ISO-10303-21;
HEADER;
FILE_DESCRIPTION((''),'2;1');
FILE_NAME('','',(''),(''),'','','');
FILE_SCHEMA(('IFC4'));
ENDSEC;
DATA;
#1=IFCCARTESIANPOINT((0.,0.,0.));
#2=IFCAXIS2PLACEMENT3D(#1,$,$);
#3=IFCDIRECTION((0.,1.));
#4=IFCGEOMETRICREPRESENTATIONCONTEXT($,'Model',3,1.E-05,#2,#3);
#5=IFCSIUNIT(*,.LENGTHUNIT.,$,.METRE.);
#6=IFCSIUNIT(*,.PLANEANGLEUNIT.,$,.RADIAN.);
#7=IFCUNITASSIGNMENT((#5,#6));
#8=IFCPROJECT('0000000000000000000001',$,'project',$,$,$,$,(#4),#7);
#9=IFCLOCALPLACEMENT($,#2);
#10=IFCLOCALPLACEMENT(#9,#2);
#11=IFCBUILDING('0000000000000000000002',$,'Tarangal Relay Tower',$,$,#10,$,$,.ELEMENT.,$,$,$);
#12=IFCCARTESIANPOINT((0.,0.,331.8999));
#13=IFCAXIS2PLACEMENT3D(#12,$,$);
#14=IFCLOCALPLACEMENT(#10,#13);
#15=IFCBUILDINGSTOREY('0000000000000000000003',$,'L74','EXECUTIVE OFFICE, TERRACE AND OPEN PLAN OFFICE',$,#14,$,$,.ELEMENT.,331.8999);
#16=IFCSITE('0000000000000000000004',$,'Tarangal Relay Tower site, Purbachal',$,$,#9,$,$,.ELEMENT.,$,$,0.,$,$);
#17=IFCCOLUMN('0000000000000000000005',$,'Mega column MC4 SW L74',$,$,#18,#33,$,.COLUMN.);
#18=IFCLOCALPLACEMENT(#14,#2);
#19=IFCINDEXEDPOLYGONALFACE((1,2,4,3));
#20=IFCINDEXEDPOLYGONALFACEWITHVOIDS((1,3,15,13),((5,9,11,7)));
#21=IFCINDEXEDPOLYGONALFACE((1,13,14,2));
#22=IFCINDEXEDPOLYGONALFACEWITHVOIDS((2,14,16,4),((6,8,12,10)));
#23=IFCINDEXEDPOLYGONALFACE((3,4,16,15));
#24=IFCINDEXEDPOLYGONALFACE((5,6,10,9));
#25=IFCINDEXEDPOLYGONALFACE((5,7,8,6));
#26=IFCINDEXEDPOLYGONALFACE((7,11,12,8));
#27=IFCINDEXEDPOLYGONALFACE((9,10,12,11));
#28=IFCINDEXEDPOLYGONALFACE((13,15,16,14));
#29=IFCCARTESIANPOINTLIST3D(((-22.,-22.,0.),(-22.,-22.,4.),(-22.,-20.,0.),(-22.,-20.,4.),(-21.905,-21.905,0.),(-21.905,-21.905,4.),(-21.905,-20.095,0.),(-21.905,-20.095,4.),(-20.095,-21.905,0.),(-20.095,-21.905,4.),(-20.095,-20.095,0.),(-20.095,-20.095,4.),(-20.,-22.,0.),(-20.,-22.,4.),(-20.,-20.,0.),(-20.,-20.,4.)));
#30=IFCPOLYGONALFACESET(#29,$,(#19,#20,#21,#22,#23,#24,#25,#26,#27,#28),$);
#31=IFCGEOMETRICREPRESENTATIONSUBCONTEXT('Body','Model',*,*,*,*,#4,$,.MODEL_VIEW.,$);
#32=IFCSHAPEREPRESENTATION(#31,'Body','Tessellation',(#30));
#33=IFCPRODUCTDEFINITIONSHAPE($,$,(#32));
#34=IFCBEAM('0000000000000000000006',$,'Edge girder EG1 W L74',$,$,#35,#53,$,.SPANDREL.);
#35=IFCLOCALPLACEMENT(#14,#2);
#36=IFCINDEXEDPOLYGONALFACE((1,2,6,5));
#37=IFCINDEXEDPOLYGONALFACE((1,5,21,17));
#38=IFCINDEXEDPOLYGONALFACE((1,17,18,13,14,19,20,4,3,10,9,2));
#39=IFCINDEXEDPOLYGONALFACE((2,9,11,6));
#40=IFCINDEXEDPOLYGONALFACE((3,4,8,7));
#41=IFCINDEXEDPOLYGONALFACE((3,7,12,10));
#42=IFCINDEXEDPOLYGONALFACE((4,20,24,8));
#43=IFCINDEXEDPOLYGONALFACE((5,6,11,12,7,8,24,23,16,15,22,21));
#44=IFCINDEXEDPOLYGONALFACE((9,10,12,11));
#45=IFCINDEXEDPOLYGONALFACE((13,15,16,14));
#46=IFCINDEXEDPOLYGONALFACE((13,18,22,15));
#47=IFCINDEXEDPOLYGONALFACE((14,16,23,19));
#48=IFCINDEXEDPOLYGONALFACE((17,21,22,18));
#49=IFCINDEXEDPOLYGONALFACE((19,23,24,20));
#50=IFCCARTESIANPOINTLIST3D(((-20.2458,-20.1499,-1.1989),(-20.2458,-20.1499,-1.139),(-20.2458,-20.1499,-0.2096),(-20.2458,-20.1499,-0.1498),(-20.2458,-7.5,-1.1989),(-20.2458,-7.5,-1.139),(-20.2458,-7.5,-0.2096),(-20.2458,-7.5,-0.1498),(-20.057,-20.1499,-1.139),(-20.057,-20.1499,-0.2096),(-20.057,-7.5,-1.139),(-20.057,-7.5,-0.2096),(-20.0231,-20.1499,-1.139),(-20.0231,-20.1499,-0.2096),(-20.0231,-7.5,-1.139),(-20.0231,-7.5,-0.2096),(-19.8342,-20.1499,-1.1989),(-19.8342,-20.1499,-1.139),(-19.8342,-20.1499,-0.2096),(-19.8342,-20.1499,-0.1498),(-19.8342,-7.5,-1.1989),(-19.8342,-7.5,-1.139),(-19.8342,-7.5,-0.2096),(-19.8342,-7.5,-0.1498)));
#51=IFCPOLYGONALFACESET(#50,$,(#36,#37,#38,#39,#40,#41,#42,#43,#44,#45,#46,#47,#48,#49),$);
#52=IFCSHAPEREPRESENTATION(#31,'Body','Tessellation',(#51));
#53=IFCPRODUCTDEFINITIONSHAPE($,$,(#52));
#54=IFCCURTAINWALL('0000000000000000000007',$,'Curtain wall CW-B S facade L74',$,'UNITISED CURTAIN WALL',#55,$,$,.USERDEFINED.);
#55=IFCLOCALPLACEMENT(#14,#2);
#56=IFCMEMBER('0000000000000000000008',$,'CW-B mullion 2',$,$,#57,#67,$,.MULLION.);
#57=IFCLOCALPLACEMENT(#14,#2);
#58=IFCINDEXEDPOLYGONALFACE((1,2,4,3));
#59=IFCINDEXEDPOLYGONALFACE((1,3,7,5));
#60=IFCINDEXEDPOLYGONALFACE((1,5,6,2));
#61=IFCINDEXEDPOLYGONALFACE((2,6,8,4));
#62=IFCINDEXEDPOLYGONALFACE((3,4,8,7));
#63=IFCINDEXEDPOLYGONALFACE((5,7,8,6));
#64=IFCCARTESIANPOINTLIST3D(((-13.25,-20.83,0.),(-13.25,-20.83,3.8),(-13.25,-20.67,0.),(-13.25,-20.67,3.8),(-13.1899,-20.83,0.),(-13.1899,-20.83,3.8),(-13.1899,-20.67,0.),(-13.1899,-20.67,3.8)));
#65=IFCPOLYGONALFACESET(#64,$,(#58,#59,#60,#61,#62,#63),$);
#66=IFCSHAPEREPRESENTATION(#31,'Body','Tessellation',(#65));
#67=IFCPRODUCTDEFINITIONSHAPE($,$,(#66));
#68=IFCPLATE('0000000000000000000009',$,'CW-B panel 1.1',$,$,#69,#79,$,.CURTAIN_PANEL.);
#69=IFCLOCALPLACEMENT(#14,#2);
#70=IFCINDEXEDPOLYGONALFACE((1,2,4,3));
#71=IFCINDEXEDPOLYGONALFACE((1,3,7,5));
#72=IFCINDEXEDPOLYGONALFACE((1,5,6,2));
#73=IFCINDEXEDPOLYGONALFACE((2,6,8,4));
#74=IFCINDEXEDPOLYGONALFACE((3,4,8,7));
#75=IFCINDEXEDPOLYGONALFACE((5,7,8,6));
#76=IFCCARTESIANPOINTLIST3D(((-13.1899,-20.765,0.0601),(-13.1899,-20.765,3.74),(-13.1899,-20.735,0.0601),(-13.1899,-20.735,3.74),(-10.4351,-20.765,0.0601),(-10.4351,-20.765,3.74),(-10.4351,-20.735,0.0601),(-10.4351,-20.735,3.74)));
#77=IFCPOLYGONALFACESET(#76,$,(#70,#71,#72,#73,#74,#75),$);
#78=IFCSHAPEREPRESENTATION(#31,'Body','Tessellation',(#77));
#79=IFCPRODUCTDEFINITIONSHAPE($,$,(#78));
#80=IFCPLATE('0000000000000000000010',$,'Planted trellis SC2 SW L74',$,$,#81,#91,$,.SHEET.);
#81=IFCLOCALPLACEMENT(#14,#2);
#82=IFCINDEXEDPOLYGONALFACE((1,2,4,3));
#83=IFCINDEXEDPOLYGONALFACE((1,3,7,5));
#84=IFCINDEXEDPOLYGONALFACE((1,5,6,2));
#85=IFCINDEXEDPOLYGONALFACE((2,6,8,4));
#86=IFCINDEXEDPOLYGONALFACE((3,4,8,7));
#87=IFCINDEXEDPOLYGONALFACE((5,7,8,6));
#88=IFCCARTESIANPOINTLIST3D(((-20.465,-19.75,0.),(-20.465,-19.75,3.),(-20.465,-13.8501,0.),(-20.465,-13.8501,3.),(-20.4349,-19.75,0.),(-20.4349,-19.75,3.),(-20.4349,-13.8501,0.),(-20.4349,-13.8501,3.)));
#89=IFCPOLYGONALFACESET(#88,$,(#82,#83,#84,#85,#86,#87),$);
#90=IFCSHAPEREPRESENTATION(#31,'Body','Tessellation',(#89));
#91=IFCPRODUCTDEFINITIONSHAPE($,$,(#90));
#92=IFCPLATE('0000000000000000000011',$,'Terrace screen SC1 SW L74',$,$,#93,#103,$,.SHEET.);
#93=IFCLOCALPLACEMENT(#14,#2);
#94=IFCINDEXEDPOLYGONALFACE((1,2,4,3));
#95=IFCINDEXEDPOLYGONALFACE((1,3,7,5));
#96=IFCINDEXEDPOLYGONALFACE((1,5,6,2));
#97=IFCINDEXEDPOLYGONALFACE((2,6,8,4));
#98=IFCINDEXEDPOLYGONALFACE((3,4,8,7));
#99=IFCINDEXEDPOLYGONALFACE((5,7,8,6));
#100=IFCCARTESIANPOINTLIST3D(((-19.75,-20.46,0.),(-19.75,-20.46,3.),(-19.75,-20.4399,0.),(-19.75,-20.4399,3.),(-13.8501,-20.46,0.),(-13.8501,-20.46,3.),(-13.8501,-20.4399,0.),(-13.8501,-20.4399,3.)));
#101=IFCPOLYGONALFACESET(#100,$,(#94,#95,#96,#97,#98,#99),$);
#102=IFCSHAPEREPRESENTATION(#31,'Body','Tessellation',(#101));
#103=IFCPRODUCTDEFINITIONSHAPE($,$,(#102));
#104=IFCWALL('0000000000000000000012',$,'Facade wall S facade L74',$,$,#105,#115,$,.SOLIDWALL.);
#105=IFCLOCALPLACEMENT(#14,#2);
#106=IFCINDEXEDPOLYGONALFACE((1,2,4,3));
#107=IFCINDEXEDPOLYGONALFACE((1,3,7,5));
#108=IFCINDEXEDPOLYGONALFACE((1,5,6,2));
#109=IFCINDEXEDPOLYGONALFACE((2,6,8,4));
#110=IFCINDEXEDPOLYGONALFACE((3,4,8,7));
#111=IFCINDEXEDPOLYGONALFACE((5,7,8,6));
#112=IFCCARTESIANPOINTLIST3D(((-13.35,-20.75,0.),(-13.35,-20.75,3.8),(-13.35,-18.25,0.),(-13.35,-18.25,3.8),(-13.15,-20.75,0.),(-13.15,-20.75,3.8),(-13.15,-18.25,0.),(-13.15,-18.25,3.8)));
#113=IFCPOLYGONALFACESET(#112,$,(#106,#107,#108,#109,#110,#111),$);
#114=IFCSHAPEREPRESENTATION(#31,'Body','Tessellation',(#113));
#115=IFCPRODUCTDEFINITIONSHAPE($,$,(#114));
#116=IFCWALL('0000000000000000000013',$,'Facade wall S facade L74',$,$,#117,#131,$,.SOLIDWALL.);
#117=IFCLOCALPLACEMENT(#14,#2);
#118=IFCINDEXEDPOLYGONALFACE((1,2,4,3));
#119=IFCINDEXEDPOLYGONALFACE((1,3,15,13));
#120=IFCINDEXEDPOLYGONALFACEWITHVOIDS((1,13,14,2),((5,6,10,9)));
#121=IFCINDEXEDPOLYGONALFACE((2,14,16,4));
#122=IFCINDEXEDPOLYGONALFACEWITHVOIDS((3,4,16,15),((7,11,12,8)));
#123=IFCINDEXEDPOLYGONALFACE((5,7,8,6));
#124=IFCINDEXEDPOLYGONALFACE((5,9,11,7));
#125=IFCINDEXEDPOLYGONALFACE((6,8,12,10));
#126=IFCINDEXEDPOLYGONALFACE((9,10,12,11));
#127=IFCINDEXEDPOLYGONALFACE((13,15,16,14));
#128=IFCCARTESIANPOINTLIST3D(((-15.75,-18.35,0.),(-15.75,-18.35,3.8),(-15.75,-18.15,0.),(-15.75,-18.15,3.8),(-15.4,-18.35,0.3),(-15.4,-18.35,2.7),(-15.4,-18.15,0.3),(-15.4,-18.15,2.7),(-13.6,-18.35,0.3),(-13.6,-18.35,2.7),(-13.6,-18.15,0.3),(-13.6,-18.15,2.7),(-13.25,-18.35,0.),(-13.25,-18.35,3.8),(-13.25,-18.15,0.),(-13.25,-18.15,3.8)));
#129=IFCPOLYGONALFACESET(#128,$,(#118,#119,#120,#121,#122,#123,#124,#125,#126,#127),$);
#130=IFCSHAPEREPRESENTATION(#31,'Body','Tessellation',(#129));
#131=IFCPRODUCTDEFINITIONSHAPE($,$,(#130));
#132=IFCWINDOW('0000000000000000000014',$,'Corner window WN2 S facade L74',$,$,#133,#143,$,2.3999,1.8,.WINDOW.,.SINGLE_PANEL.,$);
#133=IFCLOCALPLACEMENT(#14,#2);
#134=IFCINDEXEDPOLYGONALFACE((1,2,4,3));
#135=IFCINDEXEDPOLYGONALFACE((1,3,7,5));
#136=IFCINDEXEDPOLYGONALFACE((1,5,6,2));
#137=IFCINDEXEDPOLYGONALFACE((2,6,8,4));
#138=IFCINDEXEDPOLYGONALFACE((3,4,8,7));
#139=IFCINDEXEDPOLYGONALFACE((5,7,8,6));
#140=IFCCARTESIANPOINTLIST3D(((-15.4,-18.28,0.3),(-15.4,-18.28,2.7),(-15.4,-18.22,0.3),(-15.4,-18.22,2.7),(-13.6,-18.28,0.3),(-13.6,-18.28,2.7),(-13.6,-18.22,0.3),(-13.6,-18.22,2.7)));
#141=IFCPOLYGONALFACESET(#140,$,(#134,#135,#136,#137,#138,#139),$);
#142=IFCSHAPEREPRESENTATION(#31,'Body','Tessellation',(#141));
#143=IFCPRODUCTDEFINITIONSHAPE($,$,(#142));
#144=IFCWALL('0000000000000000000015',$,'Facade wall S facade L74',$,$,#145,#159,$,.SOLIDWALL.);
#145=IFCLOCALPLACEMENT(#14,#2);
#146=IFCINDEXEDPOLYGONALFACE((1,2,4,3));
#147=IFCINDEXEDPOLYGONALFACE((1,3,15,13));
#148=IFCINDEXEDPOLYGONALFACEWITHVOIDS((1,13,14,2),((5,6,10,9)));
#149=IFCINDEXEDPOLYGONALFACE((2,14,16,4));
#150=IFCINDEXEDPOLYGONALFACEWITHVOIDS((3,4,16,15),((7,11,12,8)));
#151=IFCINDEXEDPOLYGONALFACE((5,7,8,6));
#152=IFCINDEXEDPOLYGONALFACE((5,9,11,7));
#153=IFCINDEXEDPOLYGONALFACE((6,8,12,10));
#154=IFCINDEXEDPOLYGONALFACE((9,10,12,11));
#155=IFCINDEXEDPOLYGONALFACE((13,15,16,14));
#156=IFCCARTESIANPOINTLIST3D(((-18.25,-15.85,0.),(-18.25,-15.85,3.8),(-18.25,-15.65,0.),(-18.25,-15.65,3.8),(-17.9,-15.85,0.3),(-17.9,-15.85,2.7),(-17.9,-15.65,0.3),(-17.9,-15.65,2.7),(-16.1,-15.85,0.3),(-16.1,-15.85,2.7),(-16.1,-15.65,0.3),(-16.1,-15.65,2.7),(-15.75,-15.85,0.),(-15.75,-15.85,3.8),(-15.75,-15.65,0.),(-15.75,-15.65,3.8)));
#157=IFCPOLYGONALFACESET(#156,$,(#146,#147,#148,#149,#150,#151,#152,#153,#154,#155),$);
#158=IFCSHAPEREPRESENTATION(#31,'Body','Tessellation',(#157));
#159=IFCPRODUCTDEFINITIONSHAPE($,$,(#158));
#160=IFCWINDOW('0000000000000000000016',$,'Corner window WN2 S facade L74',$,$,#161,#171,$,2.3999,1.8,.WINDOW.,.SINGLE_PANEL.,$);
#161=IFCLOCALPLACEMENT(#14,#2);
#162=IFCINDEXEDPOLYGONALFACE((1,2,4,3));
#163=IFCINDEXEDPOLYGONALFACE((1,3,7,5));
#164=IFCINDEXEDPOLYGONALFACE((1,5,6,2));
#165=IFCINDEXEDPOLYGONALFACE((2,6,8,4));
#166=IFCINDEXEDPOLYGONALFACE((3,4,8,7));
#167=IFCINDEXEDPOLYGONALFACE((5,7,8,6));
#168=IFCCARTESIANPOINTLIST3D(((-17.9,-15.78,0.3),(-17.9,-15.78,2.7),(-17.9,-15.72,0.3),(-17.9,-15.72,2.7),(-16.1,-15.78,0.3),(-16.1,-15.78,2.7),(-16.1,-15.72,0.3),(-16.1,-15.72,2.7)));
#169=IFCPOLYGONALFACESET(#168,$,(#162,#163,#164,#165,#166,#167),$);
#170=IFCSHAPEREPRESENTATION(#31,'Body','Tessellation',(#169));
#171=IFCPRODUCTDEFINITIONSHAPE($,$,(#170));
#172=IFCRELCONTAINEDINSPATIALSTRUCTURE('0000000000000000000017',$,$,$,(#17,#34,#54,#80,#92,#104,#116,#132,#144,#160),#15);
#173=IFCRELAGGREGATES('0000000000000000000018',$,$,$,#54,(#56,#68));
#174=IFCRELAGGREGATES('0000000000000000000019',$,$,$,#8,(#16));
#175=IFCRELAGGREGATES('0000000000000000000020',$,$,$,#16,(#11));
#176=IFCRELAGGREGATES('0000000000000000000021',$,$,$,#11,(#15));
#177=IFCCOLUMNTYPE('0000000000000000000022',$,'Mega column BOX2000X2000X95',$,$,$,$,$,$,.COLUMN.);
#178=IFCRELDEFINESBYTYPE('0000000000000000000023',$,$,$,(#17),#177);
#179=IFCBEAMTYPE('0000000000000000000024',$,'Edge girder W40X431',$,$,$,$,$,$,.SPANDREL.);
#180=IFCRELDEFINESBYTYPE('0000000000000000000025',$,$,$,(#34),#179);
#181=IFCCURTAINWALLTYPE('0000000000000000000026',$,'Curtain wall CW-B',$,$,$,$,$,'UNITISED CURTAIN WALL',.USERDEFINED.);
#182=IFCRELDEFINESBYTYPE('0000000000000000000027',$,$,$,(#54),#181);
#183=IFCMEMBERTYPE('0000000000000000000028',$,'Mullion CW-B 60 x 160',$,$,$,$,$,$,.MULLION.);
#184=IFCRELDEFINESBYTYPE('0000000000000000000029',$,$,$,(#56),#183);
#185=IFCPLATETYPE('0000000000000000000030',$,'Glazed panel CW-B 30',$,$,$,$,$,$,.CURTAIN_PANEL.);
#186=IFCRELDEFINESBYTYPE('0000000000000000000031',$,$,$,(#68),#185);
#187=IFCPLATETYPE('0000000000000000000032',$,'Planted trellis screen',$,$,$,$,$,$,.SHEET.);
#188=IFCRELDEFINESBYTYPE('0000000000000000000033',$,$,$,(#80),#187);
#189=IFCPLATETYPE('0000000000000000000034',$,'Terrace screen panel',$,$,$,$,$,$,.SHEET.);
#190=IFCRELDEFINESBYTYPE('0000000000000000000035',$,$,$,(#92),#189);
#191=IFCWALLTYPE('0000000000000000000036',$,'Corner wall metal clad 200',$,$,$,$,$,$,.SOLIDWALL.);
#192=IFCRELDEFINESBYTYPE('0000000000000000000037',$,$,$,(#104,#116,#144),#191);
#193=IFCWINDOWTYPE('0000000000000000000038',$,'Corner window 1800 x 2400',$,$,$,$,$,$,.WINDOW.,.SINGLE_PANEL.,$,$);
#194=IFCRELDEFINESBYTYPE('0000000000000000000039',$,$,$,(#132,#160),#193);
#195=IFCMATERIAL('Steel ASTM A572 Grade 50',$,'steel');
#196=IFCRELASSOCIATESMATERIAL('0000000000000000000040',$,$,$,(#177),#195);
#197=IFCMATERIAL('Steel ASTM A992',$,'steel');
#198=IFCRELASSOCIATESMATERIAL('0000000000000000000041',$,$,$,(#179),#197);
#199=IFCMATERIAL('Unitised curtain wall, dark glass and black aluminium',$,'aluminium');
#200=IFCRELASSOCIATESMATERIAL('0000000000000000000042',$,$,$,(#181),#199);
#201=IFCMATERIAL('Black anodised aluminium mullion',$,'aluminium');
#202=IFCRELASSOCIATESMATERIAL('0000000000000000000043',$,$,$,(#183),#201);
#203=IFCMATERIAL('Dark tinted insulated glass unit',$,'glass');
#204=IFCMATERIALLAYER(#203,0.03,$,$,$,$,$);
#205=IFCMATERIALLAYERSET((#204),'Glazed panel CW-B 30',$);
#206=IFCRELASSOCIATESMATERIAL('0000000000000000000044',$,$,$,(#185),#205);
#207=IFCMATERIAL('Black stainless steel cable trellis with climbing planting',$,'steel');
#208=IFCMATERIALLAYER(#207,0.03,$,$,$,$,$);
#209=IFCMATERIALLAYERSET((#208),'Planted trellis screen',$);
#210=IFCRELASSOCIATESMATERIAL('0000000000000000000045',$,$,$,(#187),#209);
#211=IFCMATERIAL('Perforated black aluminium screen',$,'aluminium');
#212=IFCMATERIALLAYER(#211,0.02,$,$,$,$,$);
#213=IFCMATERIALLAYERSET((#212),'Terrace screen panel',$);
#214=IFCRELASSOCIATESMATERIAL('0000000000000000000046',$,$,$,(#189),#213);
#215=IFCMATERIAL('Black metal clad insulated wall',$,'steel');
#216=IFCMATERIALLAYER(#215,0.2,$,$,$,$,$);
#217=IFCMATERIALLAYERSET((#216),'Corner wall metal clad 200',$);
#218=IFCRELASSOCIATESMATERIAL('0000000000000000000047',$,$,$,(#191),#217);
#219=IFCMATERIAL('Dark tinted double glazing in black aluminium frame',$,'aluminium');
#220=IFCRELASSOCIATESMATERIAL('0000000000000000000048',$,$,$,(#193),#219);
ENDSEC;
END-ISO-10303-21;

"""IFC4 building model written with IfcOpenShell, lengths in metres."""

from ifc_helpers import new_model, si_unit, direction, frame, frame_2d, origin, origin_2d, place, context, subcontext, project, spatial, rectangle, hollow_rectangle, i_section, extrude, material, layer, layer_set, material_profile, profile_set, type_object, element, fill, aggregate, save


model = new_model("IFC4")

# Units and contexts
model_context = context("Model", 3, precision=1e-05, world=origin(), true_north=direction((0.0, 1.0)))
body_context = subcontext(model_context, "Body", "Model", "MODEL_VIEW")
ifc_project = project(units=[si_unit("LENGTHUNIT", "METRE"), si_unit("PLANEANGLEUNIT", "RADIAN")], contexts=[model_context])

# Site, building, storey
site_placement = place(None, origin())
site = spatial("IfcSite", under=ifc_project, at=site_placement, Name="Tarangal Relay Tower site, Purbachal", CompositionType="ELEMENT", RefElevation=0.0)
building_placement = place(site_placement, origin())
building = spatial("IfcBuilding", under=site, at=building_placement, Name="Tarangal Relay Tower", CompositionType="ELEMENT")
storey_placement = place(building_placement, frame((0.0, 0.0, 331.8999)))
storey = spatial("IfcBuildingStorey", under=building, at=storey_placement, Name="L74", Description="EXECUTIVE OFFICE, TERRACE AND OPEN PLAN OFFICE", CompositionType="ELEMENT", Elevation=331.8999)

# Column
ifc_material_1 = material(Name="Steel ASTM A572 Grade 50", Category="steel")
ifc_material_profile_1 = material_profile(ifc_material_1, hollow_rectangle(XDim=2.0, YDim=2.0, WallThickness=0.095, at=origin_2d()), Name="BOX2000X2000X95")
ifc_profile_set_1 = profile_set([ifc_material_profile_1], Name="Steel ASTM A572 Grade 50")
column_type = type_object("IfcColumnType", Name="Mega column BOX2000X2000X95", PredefinedType="COLUMN", material=ifc_profile_set_1)
column_placement = place(storey_placement, frame((-21.0, -21.0, 0.0), z_axis=(0.0, 0.0, 1.0), x_axis=(1.0, 0.0, 0.0)))
element("IfcColumn", 1, at=column_placement, inside=storey, type_object=column_type, Name="Mega column MC4 SW L74", PredefinedType="COLUMN", context=body_context, shape_type="SweptSolid", body=[
    extrude(hollow_rectangle(XDim=2.0, YDim=2.0, WallThickness=0.095, at=origin_2d()), origin(), (0.0, 0.0, 1.0), 4.0),
])

# Beam
ifc_material_2 = material(Name="Steel ASTM A992", Category="steel")
ifc_material_profile_2 = material_profile(ifc_material_2, i_section(OverallWidth=0.4116, OverallDepth=1.0491, WebThickness=0.0339, FlangeThickness=0.0598, at=origin_2d()), Name="W40X431")
ifc_profile_set_2 = profile_set([ifc_material_profile_2], Name="Steel ASTM A992")
beam_type = type_object("IfcBeamType", Name="Edge girder W40X431", PredefinedType="SPANDREL", material=ifc_profile_set_2)
beam_placement = place(storey_placement, frame((-20.04, -20.1499, -0.6743), z_axis=(0.0, 1.0, 0.0), x_axis=(-1.0, 0.0, 0.0)))
element("IfcBeam", 2, at=beam_placement, inside=storey, type_object=beam_type, Name="Edge girder EG1 W L74", PredefinedType="SPANDREL", context=body_context, shape_type="SweptSolid", body=[
    extrude(i_section(OverallWidth=0.4116, OverallDepth=1.0491, WebThickness=0.0339, FlangeThickness=0.0598, at=origin_2d()), origin(), (0.0, 0.0, 1.0), 12.6499),
])

# Curtain wall, member, plate
ifc_material_3 = material(Name="Unitised curtain wall, dark glass and black aluminium", Category="aluminium")
curtain_wall_type = type_object("IfcCurtainWallType", Name="Curtain wall CW-B", ElementType="UNITISED CURTAIN WALL", PredefinedType="USERDEFINED", material=ifc_material_3)
curtain_wall_placement = place(storey_placement, origin())
curtain_wall = element("IfcCurtainWall", 3, at=curtain_wall_placement, inside=storey, type_object=curtain_wall_type, Name="Curtain wall CW-B S facade L74", ObjectType="UNITISED CURTAIN WALL", PredefinedType="USERDEFINED")
ifc_material_4 = material(Name="Black anodised aluminium mullion", Category="aluminium")
ifc_material_profile_3 = material_profile(ifc_material_4, rectangle(XDim=0.1599, YDim=0.0601, at=origin_2d()), Name="CW-BM 60X160")
ifc_profile_set_3 = profile_set([ifc_material_profile_3], Name="Black anodised aluminium mullion")
member_type = type_object("IfcMemberType", Name="Mullion CW-B 60 x 160", PredefinedType="MULLION", material=ifc_profile_set_3)
member_placement = place(storey_placement, frame((-13.22, -20.75, 0.0), z_axis=(0.0, 0.0, 1.0), x_axis=(0.0, -1.0, 0.0)))
member = element("IfcMember", 4, at=member_placement, type_object=member_type, Name="CW-B mullion 2", PredefinedType="MULLION", context=body_context, shape_type="SweptSolid", body=[
    extrude(rectangle(XDim=0.1599, YDim=0.0601, at=origin_2d()), origin(), (0.0, 0.0, 1.0), 3.8),
])
ifc_material_5 = material(Name="Dark tinted insulated glass unit", Category="glass")
ifc_layer_1 = layer(ifc_material_5, 0.03)
ifc_layer_set_1 = layer_set([ifc_layer_1], Name="Glazed panel CW-B 30")
plate_type_1 = type_object("IfcPlateType", Name="Glazed panel CW-B 30", PredefinedType="CURTAIN_PANEL", material=ifc_layer_set_1)
plate_1_placement = place(storey_placement, frame((-11.8125, -20.75, 0.0601), z_axis=(0.0, 0.0, 1.0), x_axis=(-1.0, 0.0, 0.0)))
plate_1 = element("IfcPlate", 5, at=plate_1_placement, type_object=plate_type_1, Name="CW-B panel 1.1", PredefinedType="CURTAIN_PANEL", context=body_context, shape_type="SweptSolid", body=[
    extrude(rectangle(XDim=2.7549, YDim=0.03, at=origin_2d()), origin(), (0.0, 0.0, 1.0), 3.6799),
])
aggregate(curtain_wall, [member, plate_1])

# Plates
ifc_material_6 = material(Name="Black stainless steel cable trellis with climbing planting", Category="steel")
ifc_layer_2 = layer(ifc_material_6, 0.03)
ifc_layer_set_2 = layer_set([ifc_layer_2], Name="Planted trellis screen")
plate_type_2 = type_object("IfcPlateType", Name="Planted trellis screen", PredefinedType="SHEET", material=ifc_layer_set_2)
plate_2_placement = place(storey_placement, frame((-20.45, -16.8, 0.0), z_axis=(0.0, 0.0, 1.0), x_axis=(0.0, 1.0, 0.0)))
element("IfcPlate", 6, at=plate_2_placement, inside=storey, type_object=plate_type_2, Name="Planted trellis SC2 SW L74", PredefinedType="SHEET", context=body_context, shape_type="SweptSolid", body=[
    extrude(rectangle(XDim=5.8999, YDim=0.03, at=origin_2d()), origin(), (0.0, 0.0, 1.0), 3.0),
])
ifc_material_7 = material(Name="Perforated black aluminium screen", Category="aluminium")
ifc_layer_3 = layer(ifc_material_7, 0.02)
ifc_layer_set_3 = layer_set([ifc_layer_3], Name="Terrace screen panel")
plate_type_3 = type_object("IfcPlateType", Name="Terrace screen panel", PredefinedType="SHEET", material=ifc_layer_set_3)
plate_3_placement = place(storey_placement, frame((-16.8, -20.45, 0.0), z_axis=(0.0, 0.0, 1.0), x_axis=(-1.0, 0.0, 0.0)))
element("IfcPlate", 7, at=plate_3_placement, inside=storey, type_object=plate_type_3, Name="Terrace screen SC1 SW L74", PredefinedType="SHEET", context=body_context, shape_type="SweptSolid", body=[
    extrude(rectangle(XDim=5.8999, YDim=0.02, at=origin_2d()), origin(), (0.0, 0.0, 1.0), 3.0),
])

# Wall
ifc_material_8 = material(Name="Black metal clad insulated wall", Category="steel")
ifc_layer_4 = layer(ifc_material_8, 0.2)
ifc_layer_set_4 = layer_set([ifc_layer_4], Name="Corner wall metal clad 200")
wall_type_1 = type_object("IfcWallType", Name="Corner wall metal clad 200", PredefinedType="SOLIDWALL", material=ifc_layer_set_4)
wall_1_placement = place(storey_placement, frame((-13.25, -20.75, 0.0), z_axis=(0.0, 0.0, 1.0), x_axis=(0.0, 1.0, 0.0)))
element("IfcWall", 8, at=wall_1_placement, inside=storey, type_object=wall_type_1, Name="Facade wall S facade L74", PredefinedType="SOLIDWALL", context=body_context, shape_type="SweptSolid", body=[
    extrude(rectangle(XDim=2.5, YDim=0.2, at=frame_2d((1.25, 0.0))), origin(), (0.0, 0.0, 1.0), 3.8),
])

# Wall, opening, window
wall_2_placement = place(storey_placement, frame((-13.25, -18.25, 0.0), z_axis=(0.0, 0.0, 1.0), x_axis=(-1.0, 0.0, 0.0)))
wall_2 = element("IfcWall", 9, at=wall_2_placement, inside=storey, type_object=wall_type_1, Name="Facade wall S facade L74", PredefinedType="SOLIDWALL", context=body_context, shape_type="SweptSolid", body=[
    extrude(rectangle(XDim=2.5, YDim=0.2, at=frame_2d((1.25, 0.0))), origin(), (0.0, 0.0, 1.0), 3.8),
])
opening_1_placement = place(wall_2_placement, frame((0.3501, 0.0, 0.3)))
opening_1 = element("IfcOpeningElement", 10, at=opening_1_placement, cuts=wall_2, PredefinedType="OPENING", context=body_context, shape_type="SweptSolid", body=[
    extrude(rectangle(XDim=1.8, YDim=2.3999, at=frame_2d((0.8999, 1.2))), frame((0.0, 0.1099, 0.0), z_axis=(0.0, -1.0, 0.0), x_axis=(1.0, 0.0, 0.0)), (0.0, 0.0, 1.0), 0.22),
])
ifc_material_9 = material(Name="Dark tinted double glazing in black aluminium frame", Category="aluminium")
window_type = type_object("IfcWindowType", Name="Corner window 1800 x 2400", PartitioningType="SINGLE_PANEL", PredefinedType="WINDOW", material=ifc_material_9)
window_1_placement = place(opening_1_placement, origin())
window_1 = element("IfcWindow", 11, at=window_1_placement, inside=storey, type_object=window_type, Name="Corner window WN2 S facade L74", OverallHeight=2.3999, OverallWidth=1.8, PartitioningType="SINGLE_PANEL", PredefinedType="WINDOW", context=body_context, shape_type="SweptSolid", body=[
    extrude(rectangle(XDim=1.8, YDim=2.3999, at=frame_2d((0.8999, 1.2))), frame((0.0, 0.03, 0.0), z_axis=(0.0, -1.0, 0.0), x_axis=(1.0, 0.0, 0.0)), (0.0, 0.0, 1.0), 0.0601),
])
fill(opening_1, window_1)

# Wall, opening, window
wall_3_placement = place(storey_placement, frame((-15.75, -15.75, 0.0), z_axis=(0.0, 0.0, 1.0), x_axis=(-1.0, 0.0, 0.0)))
wall_3 = element("IfcWall", 12, at=wall_3_placement, inside=storey, type_object=wall_type_1, Name="Facade wall S facade L74", PredefinedType="SOLIDWALL", context=body_context, shape_type="SweptSolid", body=[
    extrude(rectangle(XDim=2.5, YDim=0.2, at=frame_2d((1.25, 0.0))), origin(), (0.0, 0.0, 1.0), 3.8),
])
opening_2_placement = place(wall_3_placement, frame((0.3501, 0.0, 0.3)))
opening_2 = element("IfcOpeningElement", 13, at=opening_2_placement, cuts=wall_3, PredefinedType="OPENING", context=body_context, shape_type="SweptSolid", body=[
    extrude(rectangle(XDim=1.8, YDim=2.3999, at=frame_2d((0.8999, 1.2))), frame((0.0, 0.1099, 0.0), z_axis=(0.0, -1.0, 0.0), x_axis=(1.0, 0.0, 0.0)), (0.0, 0.0, 1.0), 0.22),
])
window_2_placement = place(opening_2_placement, origin())
window_2 = element("IfcWindow", 14, at=window_2_placement, inside=storey, type_object=window_type, Name="Corner window WN2 S facade L74", OverallHeight=2.3999, OverallWidth=1.8, PartitioningType="SINGLE_PANEL", PredefinedType="WINDOW", context=body_context, shape_type="SweptSolid", body=[
    extrude(rectangle(XDim=1.8, YDim=2.3999, at=frame_2d((0.8999, 1.2))), frame((0.0, 0.03, 0.0), z_axis=(0.0, -1.0, 0.0), x_axis=(1.0, 0.0, 0.0)), (0.0, 0.0, 1.0), 0.0601),
])
fill(opening_2, window_2)

save(model, "model.ifc")
